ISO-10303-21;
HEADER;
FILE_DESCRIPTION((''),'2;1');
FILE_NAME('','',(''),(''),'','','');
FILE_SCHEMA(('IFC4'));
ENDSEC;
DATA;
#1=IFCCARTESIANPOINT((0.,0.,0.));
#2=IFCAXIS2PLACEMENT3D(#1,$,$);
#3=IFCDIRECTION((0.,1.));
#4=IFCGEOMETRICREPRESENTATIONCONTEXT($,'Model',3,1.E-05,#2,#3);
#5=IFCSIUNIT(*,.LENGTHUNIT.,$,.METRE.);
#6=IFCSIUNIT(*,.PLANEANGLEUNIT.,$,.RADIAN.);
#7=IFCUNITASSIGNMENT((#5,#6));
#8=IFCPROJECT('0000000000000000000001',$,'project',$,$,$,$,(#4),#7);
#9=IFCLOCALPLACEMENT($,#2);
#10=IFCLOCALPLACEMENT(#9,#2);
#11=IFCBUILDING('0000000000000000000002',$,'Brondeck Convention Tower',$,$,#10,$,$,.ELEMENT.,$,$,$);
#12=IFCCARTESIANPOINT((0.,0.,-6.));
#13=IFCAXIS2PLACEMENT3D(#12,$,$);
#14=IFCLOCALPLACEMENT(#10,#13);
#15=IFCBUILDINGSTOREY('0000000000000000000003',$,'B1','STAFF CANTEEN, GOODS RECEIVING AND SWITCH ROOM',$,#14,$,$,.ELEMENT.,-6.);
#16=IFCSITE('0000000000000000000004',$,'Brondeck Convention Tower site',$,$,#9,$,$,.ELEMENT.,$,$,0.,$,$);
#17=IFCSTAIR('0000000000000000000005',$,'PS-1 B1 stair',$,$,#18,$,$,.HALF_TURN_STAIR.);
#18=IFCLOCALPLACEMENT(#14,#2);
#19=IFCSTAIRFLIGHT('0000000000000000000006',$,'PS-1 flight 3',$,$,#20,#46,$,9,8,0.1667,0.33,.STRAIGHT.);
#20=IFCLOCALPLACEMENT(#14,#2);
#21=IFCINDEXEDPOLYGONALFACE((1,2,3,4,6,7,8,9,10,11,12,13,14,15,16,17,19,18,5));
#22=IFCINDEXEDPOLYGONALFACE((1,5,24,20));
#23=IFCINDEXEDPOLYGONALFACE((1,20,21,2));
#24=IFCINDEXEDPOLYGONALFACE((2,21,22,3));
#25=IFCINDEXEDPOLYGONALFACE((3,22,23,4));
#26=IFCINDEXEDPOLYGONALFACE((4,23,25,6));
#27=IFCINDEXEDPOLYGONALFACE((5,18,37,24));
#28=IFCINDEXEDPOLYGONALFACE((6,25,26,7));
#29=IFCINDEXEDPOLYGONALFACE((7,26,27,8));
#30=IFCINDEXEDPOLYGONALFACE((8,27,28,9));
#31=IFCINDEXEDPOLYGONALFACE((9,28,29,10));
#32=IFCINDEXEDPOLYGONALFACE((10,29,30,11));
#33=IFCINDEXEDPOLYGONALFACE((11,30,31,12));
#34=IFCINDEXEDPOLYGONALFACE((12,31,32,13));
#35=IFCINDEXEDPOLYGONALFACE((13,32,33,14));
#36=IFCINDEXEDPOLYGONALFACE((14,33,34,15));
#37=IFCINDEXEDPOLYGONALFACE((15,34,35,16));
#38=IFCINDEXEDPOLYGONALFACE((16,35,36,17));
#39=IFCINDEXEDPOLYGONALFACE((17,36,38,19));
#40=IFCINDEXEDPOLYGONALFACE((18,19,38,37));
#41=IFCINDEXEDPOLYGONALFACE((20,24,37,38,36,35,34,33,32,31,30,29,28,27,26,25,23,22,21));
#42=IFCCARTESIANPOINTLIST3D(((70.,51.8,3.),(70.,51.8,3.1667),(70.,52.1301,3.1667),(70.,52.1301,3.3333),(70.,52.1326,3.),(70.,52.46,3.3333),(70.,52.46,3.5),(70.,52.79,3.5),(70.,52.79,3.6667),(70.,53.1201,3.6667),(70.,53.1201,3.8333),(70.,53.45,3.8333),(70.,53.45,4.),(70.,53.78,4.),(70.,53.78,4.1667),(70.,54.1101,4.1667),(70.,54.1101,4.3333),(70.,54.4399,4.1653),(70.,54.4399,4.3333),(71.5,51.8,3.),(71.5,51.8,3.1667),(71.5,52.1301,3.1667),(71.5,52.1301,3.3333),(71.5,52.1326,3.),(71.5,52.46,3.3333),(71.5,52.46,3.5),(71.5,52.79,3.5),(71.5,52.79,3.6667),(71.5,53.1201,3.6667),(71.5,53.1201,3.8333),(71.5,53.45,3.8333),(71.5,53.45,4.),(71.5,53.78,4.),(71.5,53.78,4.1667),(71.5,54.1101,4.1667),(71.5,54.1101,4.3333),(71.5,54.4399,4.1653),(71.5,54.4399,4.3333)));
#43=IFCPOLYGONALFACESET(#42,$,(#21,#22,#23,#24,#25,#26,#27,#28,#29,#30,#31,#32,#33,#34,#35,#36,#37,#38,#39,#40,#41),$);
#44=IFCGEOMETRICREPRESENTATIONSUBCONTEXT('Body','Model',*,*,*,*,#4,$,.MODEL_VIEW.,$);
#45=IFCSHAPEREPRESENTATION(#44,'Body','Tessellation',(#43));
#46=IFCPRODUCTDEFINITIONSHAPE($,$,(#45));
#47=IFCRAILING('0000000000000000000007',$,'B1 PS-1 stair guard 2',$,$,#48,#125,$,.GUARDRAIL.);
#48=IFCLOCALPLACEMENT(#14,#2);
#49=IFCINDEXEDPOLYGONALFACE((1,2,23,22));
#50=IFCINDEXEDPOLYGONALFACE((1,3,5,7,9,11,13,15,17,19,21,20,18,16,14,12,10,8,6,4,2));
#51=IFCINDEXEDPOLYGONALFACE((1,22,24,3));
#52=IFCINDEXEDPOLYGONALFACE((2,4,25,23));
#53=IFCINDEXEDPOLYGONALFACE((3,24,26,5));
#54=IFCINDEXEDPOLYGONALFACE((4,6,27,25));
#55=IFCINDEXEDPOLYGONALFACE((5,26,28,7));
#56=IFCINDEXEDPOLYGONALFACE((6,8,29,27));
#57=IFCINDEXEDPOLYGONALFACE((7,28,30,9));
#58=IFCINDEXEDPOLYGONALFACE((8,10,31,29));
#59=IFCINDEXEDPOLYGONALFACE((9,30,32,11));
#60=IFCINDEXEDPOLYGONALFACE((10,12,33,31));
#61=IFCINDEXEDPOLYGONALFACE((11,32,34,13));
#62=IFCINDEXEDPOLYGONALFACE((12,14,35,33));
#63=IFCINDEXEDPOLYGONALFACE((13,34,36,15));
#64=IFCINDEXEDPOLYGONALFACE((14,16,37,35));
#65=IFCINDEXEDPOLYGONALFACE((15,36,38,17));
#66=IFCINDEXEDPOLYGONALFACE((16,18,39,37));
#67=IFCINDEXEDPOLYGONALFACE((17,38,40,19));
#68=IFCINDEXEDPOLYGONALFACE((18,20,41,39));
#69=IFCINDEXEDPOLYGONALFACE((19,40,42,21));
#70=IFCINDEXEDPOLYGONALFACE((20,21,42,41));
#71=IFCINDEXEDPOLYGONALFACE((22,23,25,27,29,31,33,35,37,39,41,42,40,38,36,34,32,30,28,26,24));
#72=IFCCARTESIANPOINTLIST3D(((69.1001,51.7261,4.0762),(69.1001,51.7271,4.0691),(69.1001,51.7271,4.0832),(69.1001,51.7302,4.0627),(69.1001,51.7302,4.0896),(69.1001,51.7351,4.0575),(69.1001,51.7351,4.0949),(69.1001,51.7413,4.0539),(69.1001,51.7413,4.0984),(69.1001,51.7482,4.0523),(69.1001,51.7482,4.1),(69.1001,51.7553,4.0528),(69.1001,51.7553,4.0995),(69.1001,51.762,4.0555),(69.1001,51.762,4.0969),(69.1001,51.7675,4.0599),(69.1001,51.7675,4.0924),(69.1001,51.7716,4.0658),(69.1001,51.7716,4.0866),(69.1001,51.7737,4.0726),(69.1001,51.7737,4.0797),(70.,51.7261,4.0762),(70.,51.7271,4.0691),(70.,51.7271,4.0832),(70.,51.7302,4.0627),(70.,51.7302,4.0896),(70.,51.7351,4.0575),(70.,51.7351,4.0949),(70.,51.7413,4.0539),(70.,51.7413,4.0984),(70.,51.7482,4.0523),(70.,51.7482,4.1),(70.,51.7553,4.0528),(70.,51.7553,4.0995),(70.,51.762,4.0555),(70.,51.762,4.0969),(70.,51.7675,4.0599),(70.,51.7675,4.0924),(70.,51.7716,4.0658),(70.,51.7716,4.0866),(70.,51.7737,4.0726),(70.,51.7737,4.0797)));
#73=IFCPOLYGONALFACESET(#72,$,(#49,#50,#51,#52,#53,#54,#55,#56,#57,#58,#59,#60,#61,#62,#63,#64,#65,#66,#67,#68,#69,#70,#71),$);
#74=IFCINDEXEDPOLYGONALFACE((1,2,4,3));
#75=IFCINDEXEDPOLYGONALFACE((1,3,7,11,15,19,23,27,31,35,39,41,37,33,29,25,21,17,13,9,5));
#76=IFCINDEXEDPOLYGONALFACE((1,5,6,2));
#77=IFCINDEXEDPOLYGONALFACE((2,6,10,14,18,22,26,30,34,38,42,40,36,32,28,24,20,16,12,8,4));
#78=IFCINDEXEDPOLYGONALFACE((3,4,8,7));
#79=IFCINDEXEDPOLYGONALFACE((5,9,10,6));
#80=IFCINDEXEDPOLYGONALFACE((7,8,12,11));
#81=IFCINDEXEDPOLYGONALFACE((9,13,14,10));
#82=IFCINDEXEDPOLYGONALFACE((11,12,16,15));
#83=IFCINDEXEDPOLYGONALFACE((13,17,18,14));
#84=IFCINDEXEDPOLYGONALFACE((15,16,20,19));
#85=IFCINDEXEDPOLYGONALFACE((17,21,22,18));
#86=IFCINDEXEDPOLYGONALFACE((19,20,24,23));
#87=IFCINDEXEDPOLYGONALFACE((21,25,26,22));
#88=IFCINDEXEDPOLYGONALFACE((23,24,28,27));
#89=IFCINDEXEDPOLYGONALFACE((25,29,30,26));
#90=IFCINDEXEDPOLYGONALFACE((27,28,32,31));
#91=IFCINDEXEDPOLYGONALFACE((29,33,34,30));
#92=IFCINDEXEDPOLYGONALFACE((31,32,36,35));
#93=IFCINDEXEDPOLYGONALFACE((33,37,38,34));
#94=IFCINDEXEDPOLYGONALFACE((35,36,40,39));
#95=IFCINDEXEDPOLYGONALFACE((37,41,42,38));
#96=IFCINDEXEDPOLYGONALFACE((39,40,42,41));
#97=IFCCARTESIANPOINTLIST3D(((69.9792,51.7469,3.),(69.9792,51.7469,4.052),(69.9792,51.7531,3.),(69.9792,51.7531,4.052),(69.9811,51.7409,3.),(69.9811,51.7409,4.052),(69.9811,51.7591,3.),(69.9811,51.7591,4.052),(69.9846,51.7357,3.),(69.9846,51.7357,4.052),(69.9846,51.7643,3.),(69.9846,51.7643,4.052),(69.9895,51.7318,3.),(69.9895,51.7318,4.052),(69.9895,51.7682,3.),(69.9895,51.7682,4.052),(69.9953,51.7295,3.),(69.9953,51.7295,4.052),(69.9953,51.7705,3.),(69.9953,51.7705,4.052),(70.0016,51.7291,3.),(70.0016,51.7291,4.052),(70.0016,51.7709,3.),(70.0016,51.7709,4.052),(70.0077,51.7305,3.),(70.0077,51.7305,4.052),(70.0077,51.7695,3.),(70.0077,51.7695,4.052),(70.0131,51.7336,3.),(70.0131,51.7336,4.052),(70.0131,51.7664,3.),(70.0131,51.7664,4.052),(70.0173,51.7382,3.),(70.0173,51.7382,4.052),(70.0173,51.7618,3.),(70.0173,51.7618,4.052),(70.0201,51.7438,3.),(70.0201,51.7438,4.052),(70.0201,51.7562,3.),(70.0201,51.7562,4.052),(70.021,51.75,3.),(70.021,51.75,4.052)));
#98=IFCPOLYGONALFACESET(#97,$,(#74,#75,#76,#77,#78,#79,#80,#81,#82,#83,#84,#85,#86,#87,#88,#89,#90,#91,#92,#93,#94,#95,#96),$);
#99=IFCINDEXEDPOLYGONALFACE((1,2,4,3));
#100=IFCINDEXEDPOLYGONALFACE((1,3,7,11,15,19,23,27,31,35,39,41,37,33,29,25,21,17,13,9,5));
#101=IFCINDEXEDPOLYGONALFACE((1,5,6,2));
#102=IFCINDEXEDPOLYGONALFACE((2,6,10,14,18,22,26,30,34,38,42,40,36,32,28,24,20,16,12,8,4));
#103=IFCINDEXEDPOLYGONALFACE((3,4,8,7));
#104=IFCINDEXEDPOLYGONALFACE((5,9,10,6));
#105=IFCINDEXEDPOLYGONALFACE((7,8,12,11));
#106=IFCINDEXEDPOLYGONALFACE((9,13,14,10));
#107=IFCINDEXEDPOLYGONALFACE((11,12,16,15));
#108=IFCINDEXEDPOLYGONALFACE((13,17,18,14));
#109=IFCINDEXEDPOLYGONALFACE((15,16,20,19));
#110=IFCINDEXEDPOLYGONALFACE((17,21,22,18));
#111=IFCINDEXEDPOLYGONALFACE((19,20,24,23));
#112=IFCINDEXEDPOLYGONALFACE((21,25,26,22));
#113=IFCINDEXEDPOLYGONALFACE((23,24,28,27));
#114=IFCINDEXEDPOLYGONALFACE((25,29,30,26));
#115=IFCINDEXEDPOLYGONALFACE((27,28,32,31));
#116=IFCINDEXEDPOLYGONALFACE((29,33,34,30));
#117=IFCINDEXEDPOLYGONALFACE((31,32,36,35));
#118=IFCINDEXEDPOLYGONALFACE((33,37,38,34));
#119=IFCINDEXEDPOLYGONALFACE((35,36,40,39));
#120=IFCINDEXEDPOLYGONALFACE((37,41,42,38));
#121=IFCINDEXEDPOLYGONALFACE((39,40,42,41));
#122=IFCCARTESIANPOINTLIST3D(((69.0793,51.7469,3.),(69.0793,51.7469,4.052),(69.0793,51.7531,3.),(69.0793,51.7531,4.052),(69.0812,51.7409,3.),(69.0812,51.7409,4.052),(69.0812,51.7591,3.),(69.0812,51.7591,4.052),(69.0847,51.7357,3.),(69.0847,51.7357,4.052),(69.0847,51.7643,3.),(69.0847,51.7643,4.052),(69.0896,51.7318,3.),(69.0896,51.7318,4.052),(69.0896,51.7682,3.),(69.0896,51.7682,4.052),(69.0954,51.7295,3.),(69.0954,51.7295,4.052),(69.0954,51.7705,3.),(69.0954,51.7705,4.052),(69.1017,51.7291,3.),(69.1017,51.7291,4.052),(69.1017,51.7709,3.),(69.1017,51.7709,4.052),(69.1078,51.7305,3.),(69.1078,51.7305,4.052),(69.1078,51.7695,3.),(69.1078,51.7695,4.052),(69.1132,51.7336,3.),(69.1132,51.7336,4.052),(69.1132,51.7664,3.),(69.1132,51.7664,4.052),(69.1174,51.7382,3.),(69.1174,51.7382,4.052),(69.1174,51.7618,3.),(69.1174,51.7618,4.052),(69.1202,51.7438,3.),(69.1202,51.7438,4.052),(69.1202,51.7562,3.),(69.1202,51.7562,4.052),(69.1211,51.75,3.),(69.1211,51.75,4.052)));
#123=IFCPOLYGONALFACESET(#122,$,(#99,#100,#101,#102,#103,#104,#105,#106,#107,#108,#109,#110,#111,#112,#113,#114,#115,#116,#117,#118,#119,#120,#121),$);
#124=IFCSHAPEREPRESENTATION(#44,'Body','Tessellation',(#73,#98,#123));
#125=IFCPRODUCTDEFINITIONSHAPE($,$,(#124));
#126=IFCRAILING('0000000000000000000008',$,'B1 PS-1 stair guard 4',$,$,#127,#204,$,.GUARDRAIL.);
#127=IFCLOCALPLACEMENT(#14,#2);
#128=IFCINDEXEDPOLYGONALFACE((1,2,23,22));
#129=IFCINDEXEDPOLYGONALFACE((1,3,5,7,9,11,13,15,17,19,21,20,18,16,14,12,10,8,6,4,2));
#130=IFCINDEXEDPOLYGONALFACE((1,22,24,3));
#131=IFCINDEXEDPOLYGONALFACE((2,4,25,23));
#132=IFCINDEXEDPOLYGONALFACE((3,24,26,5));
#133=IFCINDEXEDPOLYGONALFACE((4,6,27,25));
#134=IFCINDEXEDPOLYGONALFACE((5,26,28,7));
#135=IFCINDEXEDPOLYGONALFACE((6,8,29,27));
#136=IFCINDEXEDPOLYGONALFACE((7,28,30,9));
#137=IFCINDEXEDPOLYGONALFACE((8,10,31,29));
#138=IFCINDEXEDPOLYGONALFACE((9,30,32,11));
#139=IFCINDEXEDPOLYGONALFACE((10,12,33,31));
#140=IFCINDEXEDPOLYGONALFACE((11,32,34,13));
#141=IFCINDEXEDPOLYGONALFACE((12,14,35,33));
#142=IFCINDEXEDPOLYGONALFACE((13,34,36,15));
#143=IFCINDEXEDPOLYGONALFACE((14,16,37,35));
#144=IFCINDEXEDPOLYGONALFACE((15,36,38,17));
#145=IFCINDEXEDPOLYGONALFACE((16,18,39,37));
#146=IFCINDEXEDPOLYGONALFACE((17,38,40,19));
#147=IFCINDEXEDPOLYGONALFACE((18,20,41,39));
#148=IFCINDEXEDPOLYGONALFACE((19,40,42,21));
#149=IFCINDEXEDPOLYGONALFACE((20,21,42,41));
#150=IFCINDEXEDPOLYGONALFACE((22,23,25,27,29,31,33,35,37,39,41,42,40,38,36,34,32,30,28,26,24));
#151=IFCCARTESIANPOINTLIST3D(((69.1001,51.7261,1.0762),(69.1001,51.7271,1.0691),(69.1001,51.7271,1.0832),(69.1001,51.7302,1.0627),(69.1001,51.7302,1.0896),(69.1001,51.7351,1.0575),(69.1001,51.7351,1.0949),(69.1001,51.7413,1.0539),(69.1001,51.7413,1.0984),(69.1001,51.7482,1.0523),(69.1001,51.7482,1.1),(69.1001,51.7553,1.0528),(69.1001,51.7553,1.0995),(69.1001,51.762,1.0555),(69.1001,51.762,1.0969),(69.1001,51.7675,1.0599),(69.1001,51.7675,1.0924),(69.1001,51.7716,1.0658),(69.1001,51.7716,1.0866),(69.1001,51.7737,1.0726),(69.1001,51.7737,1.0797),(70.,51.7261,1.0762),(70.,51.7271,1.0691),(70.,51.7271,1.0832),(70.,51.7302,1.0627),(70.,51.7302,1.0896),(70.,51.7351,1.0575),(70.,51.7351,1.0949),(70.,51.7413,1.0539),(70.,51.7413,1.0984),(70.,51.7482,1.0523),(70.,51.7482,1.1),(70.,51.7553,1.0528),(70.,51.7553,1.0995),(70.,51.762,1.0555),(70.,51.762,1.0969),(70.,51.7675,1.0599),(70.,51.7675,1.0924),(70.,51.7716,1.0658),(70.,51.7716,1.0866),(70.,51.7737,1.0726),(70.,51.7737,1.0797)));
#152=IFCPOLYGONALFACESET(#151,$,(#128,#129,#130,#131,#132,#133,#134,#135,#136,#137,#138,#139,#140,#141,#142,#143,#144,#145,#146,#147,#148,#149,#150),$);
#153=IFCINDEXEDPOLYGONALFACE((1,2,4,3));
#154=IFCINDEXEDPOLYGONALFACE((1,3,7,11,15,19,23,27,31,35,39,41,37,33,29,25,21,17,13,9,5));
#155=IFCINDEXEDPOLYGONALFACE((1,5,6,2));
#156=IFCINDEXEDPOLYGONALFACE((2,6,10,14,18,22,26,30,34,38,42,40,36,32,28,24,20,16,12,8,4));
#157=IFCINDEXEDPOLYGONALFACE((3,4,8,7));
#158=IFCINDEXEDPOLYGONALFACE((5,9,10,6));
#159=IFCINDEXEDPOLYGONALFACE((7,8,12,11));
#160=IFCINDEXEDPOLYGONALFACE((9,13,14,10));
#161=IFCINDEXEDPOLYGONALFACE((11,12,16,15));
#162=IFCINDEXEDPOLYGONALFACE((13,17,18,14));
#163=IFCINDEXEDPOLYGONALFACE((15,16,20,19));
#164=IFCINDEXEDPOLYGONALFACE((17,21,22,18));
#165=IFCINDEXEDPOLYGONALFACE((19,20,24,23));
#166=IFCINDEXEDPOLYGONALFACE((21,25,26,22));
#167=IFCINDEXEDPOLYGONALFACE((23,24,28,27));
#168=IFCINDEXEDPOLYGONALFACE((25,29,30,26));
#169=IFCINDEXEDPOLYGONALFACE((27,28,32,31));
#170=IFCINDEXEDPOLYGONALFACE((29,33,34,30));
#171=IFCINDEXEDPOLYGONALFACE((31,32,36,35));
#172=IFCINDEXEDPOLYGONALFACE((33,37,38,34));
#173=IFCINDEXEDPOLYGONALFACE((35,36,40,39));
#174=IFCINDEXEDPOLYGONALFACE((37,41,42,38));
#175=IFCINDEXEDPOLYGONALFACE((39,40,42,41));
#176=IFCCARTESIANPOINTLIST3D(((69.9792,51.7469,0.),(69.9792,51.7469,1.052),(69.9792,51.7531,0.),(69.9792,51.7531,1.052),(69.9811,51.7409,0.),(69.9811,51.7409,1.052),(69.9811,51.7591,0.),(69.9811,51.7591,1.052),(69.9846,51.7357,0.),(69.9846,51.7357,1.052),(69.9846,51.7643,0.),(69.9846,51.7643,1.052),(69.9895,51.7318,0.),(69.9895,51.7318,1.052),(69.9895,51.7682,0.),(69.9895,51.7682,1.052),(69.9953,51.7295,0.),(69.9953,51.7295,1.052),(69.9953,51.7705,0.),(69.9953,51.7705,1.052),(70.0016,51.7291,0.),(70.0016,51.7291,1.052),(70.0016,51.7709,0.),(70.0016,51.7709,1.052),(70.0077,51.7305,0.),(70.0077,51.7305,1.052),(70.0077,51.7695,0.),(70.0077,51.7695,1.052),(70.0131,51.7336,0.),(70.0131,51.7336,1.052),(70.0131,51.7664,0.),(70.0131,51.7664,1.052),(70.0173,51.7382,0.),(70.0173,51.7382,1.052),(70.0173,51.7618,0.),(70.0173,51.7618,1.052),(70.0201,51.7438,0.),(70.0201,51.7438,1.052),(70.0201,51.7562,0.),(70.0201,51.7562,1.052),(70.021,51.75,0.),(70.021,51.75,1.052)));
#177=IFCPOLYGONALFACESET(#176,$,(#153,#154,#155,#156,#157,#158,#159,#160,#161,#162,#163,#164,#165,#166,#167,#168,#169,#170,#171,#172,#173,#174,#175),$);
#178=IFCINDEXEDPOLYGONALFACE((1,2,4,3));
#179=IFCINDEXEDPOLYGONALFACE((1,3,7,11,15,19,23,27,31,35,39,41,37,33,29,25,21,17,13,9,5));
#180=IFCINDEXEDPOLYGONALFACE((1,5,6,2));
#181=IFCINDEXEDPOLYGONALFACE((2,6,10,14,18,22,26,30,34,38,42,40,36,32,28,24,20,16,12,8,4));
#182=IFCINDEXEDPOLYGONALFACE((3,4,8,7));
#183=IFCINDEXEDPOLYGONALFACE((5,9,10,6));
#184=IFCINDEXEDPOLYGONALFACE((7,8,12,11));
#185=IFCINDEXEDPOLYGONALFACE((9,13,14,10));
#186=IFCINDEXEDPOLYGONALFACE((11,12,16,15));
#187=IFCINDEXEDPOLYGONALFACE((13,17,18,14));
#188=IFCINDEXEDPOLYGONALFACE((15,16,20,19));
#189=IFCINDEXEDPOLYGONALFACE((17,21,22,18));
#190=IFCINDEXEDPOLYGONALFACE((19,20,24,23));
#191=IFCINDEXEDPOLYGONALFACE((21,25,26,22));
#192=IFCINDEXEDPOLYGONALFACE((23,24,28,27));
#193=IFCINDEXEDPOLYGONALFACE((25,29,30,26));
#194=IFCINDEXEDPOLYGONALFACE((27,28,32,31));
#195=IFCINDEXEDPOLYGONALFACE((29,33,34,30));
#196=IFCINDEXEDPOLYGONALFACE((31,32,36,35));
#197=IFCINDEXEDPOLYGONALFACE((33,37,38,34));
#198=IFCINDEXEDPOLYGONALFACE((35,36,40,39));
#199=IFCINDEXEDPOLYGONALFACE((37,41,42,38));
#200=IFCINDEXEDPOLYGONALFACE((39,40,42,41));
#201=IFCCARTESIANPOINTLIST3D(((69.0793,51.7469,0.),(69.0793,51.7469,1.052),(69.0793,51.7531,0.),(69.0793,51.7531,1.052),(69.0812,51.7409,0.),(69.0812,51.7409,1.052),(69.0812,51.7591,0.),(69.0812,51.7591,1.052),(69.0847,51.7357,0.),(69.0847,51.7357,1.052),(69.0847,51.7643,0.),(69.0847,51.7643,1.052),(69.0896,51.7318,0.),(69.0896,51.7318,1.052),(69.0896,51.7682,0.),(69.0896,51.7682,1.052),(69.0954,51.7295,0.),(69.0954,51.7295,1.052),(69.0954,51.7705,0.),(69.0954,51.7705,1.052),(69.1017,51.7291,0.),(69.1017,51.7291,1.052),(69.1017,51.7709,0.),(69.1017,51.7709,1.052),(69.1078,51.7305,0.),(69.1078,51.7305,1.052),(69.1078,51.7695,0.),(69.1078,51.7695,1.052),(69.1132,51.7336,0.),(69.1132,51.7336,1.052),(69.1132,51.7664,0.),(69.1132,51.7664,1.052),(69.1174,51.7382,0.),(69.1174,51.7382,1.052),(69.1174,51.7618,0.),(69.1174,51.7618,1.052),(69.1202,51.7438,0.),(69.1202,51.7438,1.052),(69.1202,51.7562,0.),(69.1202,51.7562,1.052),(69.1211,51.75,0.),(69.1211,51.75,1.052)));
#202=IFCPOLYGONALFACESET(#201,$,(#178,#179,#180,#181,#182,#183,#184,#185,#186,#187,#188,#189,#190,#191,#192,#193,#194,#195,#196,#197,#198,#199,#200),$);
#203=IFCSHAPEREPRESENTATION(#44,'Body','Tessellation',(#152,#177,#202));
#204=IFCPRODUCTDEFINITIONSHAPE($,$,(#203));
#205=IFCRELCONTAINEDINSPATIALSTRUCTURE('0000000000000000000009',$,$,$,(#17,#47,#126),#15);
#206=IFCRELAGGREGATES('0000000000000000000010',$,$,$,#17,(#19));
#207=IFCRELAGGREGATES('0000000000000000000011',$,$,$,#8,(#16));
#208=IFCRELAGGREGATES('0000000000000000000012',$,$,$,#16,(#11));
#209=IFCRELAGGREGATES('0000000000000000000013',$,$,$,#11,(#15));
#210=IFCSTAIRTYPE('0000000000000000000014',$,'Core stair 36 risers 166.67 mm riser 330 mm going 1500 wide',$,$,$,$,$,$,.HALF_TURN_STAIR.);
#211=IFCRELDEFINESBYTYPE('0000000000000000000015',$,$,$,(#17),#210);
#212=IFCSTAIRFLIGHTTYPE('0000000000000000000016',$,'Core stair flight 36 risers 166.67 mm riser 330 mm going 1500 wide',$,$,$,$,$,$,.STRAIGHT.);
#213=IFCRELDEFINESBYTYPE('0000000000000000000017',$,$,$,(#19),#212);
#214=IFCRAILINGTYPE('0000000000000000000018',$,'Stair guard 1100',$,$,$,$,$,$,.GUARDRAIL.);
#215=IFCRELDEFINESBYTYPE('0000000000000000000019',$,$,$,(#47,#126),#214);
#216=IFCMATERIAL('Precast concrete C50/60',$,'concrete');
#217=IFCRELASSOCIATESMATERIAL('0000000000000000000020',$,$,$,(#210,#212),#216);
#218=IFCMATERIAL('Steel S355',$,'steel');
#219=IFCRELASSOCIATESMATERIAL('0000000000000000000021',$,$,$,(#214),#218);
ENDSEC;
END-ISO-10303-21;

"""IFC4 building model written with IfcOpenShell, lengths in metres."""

from ifc_helpers import new_model, si_unit, direction, frame, origin, origin_2d, place, context, subcontext, project, spatial, polyline, circle, outline, extrude, material, type_object, element, aggregate, save


model = new_model("IFC4")

# Units and contexts
model_context = context("Model", 3, precision=1e-05, world=origin(), true_north=direction((0.0, 1.0)))
body_context = subcontext(model_context, "Body", "Model", "MODEL_VIEW")
ifc_project = project(units=[si_unit("LENGTHUNIT", "METRE"), si_unit("PLANEANGLEUNIT", "RADIAN")], contexts=[model_context])

# Site, building, storey
site_placement = place(None, origin())
site = spatial("IfcSite", under=ifc_project, at=site_placement, Name="Brondeck Convention Tower site", CompositionType="ELEMENT", RefElevation=0.0)
building_placement = place(site_placement, origin())
building = spatial("IfcBuilding", under=site, at=building_placement, Name="Brondeck Convention Tower", CompositionType="ELEMENT")
storey_placement = place(building_placement, frame((0.0, 0.0, -6.0)))
storey = spatial("IfcBuildingStorey", under=building, at=storey_placement, Name="B1", Description="STAFF CANTEEN, GOODS RECEIVING AND SWITCH ROOM", CompositionType="ELEMENT", Elevation=-6.0)

# Stair, stair flight
ifc_material_1 = material(Name="Precast concrete C50/60", Category="concrete")
stair_type = type_object("IfcStairType", Name="Core stair 36 risers 166.67 mm riser 330 mm going 1500 wide", PredefinedType="HALF_TURN_STAIR", material=ifc_material_1)
stair_placement = place(storey_placement, origin())
stair = element("IfcStair", 1, at=stair_placement, inside=storey, type_object=stair_type, Name="PS-1 B1 stair", PredefinedType="HALF_TURN_STAIR")
stair_flight_type = type_object("IfcStairFlightType", Name="Core stair flight 36 risers 166.67 mm riser 330 mm going 1500 wide", PredefinedType="STRAIGHT", material=ifc_material_1)
stair_flight_1_placement = place(storey_placement, frame((70.75, 51.8, 3.0), z_axis=(0.0, 0.0, 1.0), x_axis=(0.0, 1.0, 0.0)))
stair_flight_1 = element("IfcStairFlight", 2, at=stair_flight_1_placement, type_object=stair_flight_type, Name="PS-1 flight 3", NumberOfRisers=9, NumberOfTreads=8, PredefinedType="STRAIGHT", RiserHeight=0.1667, TreadLength=0.33, context=body_context, shape_type="SweptSolid", body=[
    extrude(outline(polyline([(0.0, 0.0), (0.0, 0.1667), (0.3301, 0.1667), (0.3301, 0.3333), (0.6599, 0.3333), (0.6599, 0.5), (0.99, 0.5), (0.99, 0.6667), (1.3201, 0.6667), (1.3201, 0.8333), (1.6499, 0.8333), (1.6499, 1.0), (1.98, 1.0), (1.98, 1.1667), (2.3101, 1.1667), (2.3101, 1.3333), (2.6399, 1.3333), (2.6399, 1.5), (2.6399, 1.1653), (0.3325, 0.0), (0.0, 0.0)])), frame((0.0, 0.75, 0.0), z_axis=(0.0, -1.0, 0.0), x_axis=(1.0, 0.0, 0.0)), (0.0, 0.0, 1.0), 1.5),
])
aggregate(stair, [stair_flight_1])

# Railings
ifc_material_2 = material(Name="Steel S355", Category="steel")
railing_type = type_object("IfcRailingType", Name="Stair guard 1100", PredefinedType="GUARDRAIL", material=ifc_material_2)
railing_1_placement = place(storey_placement, frame((70.0, 51.75, 3.0)))
element("IfcRailing", 3, at=railing_1_placement, inside=storey, type_object=railing_type, Name="B1 PS-1 stair guard 2", PredefinedType="GUARDRAIL", context=body_context, shape_type="SweptSolid", body=[
    extrude(circle(Radius=0.0239, at=origin_2d()), frame((0.0, 0.0, 1.0762), z_axis=(-1.0, 0.0, 0.0), x_axis=(0.0, -1.0, 0.0)), (0.0, 0.0, 1.0), 0.8999),
    extrude(circle(Radius=0.021, at=origin_2d()), origin(), (0.0, 0.0, 1.0), 1.052),
    extrude(circle(Radius=0.021, at=origin_2d()), frame((-0.8999, 0.0, 0.0)), (0.0, 0.0, 1.0), 1.052),
])
railing_2_placement = place(storey_placement, frame((70.0, 51.75, 0.0)))
element("IfcRailing", 4, at=railing_2_placement, inside=storey, type_object=railing_type, Name="B1 PS-1 stair guard 4", PredefinedType="GUARDRAIL", context=body_context, shape_type="SweptSolid", body=[
    extrude(circle(Radius=0.0239, at=origin_2d()), frame((0.0, 0.0, 1.0762), z_axis=(-1.0, 0.0, 0.0), x_axis=(0.0, -1.0, 0.0)), (0.0, 0.0, 1.0), 0.8999),
    extrude(circle(Radius=0.021, at=origin_2d()), origin(), (0.0, 0.0, 1.0), 1.052),
    extrude(circle(Radius=0.021, at=origin_2d()), frame((-0.8999, 0.0, 0.0)), (0.0, 0.0, 1.0), 1.052),
])

save(model, "model.ifc")
